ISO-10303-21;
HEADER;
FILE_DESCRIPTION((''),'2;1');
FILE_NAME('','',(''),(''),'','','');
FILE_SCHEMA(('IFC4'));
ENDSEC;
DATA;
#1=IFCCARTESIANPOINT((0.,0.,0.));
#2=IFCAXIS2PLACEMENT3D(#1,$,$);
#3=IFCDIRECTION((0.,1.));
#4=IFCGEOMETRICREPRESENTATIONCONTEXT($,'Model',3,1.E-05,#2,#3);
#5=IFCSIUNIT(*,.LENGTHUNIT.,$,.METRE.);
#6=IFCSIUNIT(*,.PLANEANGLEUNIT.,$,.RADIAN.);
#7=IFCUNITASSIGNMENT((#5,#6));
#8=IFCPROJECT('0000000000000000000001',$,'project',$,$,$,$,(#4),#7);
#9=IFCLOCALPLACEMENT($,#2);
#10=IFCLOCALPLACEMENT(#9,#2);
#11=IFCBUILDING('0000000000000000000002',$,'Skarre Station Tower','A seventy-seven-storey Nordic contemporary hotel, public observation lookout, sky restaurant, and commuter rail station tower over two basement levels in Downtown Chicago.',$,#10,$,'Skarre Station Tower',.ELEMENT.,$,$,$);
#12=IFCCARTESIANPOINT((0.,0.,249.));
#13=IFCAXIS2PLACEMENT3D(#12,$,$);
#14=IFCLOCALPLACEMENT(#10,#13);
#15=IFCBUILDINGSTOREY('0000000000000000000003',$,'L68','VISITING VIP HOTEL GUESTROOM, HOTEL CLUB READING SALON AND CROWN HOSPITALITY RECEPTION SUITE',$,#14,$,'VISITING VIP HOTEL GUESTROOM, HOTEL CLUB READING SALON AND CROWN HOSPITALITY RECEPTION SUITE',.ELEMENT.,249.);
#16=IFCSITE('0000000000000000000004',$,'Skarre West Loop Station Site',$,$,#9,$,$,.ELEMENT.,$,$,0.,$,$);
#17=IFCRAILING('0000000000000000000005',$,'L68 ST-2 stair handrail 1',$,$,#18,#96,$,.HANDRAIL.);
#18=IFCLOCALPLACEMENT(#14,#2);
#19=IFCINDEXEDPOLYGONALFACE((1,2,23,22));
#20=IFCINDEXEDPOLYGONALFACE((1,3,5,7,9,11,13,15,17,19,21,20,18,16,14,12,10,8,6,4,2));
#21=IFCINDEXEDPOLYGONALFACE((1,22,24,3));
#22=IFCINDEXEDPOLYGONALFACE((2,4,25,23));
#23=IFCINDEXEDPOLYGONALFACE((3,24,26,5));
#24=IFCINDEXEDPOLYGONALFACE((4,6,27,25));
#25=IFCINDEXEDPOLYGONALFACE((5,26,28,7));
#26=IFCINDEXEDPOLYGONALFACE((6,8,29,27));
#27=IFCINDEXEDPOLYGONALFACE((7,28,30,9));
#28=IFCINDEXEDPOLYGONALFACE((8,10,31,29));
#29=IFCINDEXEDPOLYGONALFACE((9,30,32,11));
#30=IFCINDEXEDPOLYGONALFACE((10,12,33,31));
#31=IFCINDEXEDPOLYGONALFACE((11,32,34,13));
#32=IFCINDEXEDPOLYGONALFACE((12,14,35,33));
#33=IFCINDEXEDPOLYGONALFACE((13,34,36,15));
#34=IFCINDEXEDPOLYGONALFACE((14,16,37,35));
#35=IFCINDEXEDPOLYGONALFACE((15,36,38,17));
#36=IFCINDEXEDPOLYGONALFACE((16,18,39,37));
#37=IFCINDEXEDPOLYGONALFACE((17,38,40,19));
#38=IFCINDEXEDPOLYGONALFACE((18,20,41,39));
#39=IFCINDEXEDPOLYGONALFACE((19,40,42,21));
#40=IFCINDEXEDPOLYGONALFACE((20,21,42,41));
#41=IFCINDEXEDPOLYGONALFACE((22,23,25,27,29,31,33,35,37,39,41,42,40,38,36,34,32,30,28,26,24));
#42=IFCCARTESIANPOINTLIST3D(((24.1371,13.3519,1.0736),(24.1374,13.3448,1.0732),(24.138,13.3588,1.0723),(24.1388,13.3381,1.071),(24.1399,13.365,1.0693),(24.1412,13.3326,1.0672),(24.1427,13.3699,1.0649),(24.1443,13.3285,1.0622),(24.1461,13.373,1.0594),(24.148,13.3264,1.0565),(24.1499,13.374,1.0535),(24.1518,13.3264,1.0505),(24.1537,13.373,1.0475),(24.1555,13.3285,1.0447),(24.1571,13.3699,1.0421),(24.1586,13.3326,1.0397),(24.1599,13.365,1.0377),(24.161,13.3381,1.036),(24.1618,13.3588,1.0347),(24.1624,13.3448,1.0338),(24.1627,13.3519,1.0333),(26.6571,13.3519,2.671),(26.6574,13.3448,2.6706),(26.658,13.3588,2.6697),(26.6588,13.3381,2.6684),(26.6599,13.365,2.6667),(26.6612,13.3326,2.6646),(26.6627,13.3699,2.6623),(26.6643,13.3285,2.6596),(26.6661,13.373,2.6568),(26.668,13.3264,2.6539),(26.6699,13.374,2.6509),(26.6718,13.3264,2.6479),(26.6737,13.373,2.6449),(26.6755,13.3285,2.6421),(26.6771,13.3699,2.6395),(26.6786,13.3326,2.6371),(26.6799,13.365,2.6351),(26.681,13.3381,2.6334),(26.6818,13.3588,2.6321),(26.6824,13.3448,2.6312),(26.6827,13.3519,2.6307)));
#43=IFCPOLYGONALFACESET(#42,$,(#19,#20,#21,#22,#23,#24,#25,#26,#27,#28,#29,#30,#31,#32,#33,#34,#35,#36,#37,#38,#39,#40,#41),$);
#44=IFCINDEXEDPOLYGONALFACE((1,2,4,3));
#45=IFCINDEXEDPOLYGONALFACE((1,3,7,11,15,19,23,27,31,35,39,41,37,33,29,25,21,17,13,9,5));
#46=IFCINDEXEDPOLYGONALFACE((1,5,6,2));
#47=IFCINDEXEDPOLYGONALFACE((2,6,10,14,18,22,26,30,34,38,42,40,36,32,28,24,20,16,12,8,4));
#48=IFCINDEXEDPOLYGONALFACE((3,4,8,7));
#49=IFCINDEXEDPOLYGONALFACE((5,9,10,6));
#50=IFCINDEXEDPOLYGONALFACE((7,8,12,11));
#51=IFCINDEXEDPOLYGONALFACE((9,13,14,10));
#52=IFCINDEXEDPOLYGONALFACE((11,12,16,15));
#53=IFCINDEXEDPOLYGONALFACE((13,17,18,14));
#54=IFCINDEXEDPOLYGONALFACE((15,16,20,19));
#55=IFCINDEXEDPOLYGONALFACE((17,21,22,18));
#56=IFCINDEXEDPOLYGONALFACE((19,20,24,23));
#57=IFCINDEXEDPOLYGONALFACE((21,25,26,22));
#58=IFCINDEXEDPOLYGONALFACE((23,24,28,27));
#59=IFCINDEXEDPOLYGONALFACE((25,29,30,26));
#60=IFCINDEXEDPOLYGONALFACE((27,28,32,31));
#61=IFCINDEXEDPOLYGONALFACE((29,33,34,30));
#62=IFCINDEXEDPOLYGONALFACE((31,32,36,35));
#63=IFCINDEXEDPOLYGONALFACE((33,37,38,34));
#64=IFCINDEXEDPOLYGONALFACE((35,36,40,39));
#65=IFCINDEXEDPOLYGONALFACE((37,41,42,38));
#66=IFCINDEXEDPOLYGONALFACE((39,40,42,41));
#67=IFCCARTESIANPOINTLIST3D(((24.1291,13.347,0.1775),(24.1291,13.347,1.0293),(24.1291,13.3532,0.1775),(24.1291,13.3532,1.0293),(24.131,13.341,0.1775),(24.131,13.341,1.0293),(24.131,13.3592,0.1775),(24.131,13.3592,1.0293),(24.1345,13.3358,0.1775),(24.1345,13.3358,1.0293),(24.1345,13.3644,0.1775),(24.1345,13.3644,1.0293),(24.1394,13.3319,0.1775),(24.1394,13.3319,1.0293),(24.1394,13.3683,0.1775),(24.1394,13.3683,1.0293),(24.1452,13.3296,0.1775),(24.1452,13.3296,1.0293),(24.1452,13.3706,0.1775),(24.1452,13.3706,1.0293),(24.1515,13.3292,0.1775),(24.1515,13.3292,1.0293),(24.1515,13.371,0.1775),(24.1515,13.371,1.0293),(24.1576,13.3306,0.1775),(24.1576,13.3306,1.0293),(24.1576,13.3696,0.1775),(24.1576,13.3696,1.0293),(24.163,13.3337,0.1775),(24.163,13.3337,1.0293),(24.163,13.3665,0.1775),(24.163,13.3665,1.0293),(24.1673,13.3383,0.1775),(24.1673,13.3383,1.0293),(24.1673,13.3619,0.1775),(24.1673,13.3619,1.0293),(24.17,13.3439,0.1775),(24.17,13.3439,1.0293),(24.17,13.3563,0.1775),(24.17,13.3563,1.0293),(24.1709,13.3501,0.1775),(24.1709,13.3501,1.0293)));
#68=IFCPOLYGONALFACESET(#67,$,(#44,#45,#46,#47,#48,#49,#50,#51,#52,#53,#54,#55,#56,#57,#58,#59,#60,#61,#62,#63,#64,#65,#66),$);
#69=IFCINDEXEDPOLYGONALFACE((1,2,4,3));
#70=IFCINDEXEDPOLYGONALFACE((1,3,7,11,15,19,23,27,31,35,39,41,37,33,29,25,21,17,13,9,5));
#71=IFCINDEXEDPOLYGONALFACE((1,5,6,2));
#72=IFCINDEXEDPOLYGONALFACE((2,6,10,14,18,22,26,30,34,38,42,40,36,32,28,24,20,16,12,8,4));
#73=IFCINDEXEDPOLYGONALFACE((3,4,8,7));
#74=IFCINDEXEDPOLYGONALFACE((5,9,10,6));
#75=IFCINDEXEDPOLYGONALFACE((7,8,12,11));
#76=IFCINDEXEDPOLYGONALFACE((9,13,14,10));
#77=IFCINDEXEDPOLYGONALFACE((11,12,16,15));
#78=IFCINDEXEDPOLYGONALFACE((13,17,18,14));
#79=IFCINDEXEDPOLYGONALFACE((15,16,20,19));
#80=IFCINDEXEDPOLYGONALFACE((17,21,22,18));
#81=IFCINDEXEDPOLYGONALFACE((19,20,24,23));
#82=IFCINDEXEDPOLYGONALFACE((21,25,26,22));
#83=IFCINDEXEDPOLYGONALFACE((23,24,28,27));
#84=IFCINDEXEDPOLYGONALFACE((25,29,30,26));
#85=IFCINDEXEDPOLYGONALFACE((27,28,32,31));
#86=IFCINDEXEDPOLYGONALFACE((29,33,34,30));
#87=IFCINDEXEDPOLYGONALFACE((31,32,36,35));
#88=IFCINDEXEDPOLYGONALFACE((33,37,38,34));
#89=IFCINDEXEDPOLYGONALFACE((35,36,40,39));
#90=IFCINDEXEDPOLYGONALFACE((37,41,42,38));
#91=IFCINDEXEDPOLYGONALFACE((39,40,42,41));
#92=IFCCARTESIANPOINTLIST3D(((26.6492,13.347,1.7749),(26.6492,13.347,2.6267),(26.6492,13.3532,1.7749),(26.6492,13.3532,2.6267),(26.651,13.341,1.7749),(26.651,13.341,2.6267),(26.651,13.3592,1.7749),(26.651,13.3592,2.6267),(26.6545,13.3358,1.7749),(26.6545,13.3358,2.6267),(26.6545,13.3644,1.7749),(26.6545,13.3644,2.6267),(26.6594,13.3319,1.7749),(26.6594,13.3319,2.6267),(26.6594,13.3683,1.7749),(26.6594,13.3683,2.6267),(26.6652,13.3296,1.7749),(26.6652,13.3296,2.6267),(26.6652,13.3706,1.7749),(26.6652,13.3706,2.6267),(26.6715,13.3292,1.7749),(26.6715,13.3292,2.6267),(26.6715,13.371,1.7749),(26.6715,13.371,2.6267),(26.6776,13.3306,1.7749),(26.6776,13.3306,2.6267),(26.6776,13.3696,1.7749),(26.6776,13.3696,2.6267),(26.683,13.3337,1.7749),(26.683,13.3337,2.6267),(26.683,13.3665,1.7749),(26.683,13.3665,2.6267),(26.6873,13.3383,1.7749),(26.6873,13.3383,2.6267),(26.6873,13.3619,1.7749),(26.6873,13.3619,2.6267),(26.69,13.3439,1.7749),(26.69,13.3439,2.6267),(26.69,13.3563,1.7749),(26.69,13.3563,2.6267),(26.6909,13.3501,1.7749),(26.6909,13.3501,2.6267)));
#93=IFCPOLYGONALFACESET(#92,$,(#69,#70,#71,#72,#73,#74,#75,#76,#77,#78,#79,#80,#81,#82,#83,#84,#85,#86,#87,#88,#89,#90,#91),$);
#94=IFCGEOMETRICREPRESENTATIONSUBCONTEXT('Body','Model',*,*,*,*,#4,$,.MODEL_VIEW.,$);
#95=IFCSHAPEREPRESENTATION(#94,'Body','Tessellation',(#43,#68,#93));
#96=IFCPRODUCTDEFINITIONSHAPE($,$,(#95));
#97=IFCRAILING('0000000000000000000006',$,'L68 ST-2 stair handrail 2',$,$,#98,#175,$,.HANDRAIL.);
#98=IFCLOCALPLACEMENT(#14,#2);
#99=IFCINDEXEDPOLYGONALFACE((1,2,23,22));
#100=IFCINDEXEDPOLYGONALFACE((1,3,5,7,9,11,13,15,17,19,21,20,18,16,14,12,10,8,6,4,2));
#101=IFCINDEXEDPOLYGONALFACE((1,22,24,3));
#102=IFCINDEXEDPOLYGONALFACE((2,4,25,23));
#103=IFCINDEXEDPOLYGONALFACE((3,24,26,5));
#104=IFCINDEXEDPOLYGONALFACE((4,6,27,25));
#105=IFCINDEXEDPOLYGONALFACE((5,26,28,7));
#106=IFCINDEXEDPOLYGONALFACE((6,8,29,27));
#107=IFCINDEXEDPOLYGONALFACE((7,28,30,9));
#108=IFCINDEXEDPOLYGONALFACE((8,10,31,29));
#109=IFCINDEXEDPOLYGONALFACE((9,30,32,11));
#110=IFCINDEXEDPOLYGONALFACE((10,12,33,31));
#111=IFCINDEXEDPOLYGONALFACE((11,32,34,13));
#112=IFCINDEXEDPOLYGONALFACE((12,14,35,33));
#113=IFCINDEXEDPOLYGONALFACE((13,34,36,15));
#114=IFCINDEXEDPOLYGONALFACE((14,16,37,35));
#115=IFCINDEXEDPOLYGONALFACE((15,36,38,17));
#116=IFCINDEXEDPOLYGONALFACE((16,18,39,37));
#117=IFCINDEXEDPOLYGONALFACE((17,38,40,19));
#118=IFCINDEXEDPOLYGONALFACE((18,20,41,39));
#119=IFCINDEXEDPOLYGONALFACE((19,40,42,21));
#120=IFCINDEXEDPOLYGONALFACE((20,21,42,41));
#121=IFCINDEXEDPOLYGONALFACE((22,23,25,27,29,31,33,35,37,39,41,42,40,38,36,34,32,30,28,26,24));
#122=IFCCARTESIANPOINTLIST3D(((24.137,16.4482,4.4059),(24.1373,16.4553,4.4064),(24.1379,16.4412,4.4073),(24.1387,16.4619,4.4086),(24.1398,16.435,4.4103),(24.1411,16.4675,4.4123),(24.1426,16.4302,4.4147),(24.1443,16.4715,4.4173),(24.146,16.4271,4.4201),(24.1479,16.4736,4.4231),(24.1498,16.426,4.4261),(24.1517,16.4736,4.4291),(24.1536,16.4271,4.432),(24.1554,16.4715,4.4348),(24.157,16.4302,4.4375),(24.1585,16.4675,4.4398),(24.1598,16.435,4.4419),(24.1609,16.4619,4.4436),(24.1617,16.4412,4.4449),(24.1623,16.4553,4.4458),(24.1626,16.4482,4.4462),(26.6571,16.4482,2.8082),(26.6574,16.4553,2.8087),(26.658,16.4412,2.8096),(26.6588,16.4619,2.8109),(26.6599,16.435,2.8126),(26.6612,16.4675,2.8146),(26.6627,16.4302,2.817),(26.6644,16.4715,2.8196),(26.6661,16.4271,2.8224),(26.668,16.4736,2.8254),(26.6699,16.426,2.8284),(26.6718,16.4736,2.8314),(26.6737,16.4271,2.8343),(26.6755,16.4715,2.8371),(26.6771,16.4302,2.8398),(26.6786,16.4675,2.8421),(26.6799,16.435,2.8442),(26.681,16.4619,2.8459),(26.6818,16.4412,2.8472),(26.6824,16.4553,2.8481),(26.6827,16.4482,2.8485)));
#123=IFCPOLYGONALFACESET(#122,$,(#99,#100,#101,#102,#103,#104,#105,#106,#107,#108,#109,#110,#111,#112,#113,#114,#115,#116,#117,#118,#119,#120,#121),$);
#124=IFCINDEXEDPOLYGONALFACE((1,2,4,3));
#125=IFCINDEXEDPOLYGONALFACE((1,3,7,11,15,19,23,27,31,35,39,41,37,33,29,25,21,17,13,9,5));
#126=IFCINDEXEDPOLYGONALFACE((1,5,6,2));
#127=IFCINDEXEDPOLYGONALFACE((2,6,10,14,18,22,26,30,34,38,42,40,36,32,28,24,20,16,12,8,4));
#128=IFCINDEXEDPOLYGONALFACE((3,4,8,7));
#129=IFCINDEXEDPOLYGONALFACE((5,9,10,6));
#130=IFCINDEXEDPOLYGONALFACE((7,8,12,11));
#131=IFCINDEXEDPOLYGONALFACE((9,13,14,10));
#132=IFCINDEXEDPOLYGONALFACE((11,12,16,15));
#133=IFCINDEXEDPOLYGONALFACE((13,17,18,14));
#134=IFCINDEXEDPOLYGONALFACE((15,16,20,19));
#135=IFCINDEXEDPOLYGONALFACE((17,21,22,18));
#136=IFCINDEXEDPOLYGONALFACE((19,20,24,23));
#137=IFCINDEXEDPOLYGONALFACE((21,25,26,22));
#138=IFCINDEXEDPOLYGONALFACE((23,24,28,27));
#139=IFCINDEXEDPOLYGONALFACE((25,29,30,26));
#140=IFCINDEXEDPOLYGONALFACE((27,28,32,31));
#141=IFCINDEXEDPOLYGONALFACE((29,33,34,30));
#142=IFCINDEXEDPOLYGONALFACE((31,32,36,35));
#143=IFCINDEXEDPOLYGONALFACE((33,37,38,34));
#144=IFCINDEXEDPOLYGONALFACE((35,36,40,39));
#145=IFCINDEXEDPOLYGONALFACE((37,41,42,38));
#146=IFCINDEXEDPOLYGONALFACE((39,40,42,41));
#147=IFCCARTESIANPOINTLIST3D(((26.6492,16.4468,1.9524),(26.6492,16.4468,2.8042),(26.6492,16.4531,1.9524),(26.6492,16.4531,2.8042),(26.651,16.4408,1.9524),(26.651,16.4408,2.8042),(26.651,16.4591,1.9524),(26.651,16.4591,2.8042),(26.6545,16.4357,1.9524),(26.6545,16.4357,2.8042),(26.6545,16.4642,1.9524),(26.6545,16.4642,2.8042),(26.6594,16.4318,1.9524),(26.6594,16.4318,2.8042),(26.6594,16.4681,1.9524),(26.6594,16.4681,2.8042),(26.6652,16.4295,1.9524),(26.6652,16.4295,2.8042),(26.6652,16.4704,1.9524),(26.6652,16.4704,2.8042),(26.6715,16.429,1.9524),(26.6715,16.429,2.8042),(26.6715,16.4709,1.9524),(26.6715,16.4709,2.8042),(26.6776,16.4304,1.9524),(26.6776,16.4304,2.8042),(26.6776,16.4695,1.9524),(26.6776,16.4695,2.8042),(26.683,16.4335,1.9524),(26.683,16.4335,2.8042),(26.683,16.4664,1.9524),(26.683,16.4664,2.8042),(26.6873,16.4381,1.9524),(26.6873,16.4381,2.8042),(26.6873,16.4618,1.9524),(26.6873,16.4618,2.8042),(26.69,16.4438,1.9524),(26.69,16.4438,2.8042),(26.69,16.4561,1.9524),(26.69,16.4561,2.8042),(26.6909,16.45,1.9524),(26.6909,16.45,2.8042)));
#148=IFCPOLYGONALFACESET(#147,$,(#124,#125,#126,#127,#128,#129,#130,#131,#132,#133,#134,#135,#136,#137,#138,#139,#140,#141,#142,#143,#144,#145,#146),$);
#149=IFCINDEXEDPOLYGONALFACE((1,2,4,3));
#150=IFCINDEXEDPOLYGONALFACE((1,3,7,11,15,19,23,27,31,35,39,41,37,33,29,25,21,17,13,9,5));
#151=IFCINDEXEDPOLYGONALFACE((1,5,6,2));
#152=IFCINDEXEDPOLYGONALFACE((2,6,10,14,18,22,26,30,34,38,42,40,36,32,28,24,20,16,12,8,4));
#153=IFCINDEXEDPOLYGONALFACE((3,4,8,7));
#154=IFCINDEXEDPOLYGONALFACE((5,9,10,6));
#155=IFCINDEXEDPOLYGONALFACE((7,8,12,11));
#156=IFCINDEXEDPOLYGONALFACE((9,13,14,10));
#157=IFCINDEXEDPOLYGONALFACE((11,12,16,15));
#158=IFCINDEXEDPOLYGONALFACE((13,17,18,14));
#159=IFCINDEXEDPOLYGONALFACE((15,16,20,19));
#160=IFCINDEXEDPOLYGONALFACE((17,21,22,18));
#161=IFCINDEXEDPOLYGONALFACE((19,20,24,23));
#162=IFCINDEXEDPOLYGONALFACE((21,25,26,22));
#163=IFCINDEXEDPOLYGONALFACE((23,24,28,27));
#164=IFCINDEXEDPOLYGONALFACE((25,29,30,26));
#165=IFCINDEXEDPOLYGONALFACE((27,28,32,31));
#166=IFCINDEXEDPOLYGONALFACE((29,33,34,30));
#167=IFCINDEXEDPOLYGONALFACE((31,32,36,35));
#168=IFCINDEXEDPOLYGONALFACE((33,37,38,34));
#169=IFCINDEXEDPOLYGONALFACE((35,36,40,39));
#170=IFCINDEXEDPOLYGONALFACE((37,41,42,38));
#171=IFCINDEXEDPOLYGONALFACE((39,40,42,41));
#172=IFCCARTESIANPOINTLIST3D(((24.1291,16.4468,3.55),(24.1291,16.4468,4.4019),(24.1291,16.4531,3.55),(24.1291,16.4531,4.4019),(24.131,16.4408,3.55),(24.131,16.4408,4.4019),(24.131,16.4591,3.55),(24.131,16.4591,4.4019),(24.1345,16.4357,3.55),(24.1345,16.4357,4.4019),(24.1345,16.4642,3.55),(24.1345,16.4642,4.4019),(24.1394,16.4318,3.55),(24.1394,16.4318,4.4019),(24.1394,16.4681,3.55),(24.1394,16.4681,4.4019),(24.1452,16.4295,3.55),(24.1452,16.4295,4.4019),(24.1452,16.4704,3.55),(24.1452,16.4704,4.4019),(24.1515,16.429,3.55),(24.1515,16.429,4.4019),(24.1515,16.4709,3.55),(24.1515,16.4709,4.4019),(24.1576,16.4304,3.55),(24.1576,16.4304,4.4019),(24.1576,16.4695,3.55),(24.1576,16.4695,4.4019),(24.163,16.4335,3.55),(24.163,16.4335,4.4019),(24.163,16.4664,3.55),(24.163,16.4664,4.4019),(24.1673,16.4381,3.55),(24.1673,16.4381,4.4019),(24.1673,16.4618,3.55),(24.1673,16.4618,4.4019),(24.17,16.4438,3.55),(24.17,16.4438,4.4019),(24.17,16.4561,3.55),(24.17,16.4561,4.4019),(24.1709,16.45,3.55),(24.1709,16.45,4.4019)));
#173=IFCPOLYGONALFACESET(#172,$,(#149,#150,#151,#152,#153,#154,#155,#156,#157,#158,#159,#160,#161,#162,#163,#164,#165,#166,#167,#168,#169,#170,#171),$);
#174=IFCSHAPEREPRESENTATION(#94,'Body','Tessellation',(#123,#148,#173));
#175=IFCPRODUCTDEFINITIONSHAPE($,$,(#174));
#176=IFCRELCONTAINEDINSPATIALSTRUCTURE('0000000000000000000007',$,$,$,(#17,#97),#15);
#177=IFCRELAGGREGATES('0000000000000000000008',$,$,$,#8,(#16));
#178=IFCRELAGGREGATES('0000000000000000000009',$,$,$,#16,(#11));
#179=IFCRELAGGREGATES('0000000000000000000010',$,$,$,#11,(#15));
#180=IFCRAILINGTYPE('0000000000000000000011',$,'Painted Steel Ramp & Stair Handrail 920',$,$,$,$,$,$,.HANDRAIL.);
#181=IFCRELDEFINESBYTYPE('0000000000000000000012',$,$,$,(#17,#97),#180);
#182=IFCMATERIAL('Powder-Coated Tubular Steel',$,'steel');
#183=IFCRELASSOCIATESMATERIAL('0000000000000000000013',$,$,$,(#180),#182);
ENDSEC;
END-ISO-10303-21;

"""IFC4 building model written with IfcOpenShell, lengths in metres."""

from ifc_helpers import new_model, si_unit, direction, frame, origin, origin_2d, place, context, subcontext, project, spatial, circle, extrude, material, type_object, element, save


model = new_model("IFC4")

# Units and contexts
model_context = context("Model", 3, precision=1e-05, world=origin(), true_north=direction((0.0, 1.0)))
body_context = subcontext(model_context, "Body", "Model", "MODEL_VIEW")
ifc_project = project(units=[si_unit("LENGTHUNIT", "METRE"), si_unit("PLANEANGLEUNIT", "RADIAN")], contexts=[model_context])

# Site, building, storey
site_placement = place(None, origin())
site = spatial("IfcSite", under=ifc_project, at=site_placement, Name="Skarre West Loop Station Site", CompositionType="ELEMENT", RefElevation=0.0)
building_placement = place(site_placement, origin())
building = spatial("IfcBuilding", under=site, at=building_placement, Name="Skarre Station Tower", Description="A seventy-seven-storey Nordic contemporary hotel, public observation lookout, sky restaurant, and commuter rail station tower over two basement levels in Downtown Chicago.", LongName="Skarre Station Tower", CompositionType="ELEMENT")
storey_placement = place(building_placement, frame((0.0, 0.0, 249.0)))
storey = spatial("IfcBuildingStorey", under=building, at=storey_placement, Name="L68", Description="VISITING VIP HOTEL GUESTROOM, HOTEL CLUB READING SALON AND CROWN HOSPITALITY RECEPTION SUITE", LongName="VISITING VIP HOTEL GUESTROOM, HOTEL CLUB READING SALON AND CROWN HOSPITALITY RECEPTION SUITE", CompositionType="ELEMENT", Elevation=249.0)

# Railings
ifc_material_1 = material(Name="Powder-Coated Tubular Steel", Category="steel")
railing_type_1 = type_object("IfcRailingType", Name="Painted Steel Ramp & Stair Handrail 920", PredefinedType="HANDRAIL", material=ifc_material_1)
railing_1_placement = place(storey_placement, frame((24.1499, 13.3501, 0.1775)))
element("IfcRailing", 1, at=railing_1_placement, inside=storey, type_object=railing_type_1, Name="L68 ST-2 stair handrail 1", PredefinedType="HANDRAIL", context=body_context, shape_type="SweptSolid", body=[
    extrude(circle(Radius=0.0239, at=origin_2d()), frame((0.0, 0.0, 0.876), z_axis=(0.844607, 0.0, 0.535387), x_axis=(0.0, 1.0, 0.0)), (0.0, 0.0, 1.0), 2.9836),
    extrude(circle(Radius=0.021, at=origin_2d()), origin(), (0.0, 0.0, 1.0), 0.8518),
    extrude(circle(Radius=0.021, at=origin_2d()), frame((2.52, 0.0, 1.5974)), (0.0, 0.0, 1.0), 0.8518),
])
railing_2_placement = place(storey_placement, frame((26.6699, 16.45, 1.9524)))
element("IfcRailing", 2, at=railing_2_placement, inside=storey, type_object=railing_type_1, Name="L68 ST-2 stair handrail 2", PredefinedType="HANDRAIL", context=body_context, shape_type="SweptSolid", body=[
    extrude(circle(Radius=0.0239, at=origin_2d()), frame((0.0, 0.0, 0.876), z_axis=(-0.84457, 0.0, 0.535445), x_axis=(0.0, -1.0, 0.0)), (0.0, 0.0, 1.0), 2.9839),
    extrude(circle(Radius=0.021, at=origin_2d()), origin(), (0.0, 0.0, 1.0), 0.8518),
    extrude(circle(Radius=0.021, at=origin_2d()), frame((-2.52, 0.0, 1.5977)), (0.0, 0.0, 1.0), 0.8518),
])

save(model, "model.ifc")
